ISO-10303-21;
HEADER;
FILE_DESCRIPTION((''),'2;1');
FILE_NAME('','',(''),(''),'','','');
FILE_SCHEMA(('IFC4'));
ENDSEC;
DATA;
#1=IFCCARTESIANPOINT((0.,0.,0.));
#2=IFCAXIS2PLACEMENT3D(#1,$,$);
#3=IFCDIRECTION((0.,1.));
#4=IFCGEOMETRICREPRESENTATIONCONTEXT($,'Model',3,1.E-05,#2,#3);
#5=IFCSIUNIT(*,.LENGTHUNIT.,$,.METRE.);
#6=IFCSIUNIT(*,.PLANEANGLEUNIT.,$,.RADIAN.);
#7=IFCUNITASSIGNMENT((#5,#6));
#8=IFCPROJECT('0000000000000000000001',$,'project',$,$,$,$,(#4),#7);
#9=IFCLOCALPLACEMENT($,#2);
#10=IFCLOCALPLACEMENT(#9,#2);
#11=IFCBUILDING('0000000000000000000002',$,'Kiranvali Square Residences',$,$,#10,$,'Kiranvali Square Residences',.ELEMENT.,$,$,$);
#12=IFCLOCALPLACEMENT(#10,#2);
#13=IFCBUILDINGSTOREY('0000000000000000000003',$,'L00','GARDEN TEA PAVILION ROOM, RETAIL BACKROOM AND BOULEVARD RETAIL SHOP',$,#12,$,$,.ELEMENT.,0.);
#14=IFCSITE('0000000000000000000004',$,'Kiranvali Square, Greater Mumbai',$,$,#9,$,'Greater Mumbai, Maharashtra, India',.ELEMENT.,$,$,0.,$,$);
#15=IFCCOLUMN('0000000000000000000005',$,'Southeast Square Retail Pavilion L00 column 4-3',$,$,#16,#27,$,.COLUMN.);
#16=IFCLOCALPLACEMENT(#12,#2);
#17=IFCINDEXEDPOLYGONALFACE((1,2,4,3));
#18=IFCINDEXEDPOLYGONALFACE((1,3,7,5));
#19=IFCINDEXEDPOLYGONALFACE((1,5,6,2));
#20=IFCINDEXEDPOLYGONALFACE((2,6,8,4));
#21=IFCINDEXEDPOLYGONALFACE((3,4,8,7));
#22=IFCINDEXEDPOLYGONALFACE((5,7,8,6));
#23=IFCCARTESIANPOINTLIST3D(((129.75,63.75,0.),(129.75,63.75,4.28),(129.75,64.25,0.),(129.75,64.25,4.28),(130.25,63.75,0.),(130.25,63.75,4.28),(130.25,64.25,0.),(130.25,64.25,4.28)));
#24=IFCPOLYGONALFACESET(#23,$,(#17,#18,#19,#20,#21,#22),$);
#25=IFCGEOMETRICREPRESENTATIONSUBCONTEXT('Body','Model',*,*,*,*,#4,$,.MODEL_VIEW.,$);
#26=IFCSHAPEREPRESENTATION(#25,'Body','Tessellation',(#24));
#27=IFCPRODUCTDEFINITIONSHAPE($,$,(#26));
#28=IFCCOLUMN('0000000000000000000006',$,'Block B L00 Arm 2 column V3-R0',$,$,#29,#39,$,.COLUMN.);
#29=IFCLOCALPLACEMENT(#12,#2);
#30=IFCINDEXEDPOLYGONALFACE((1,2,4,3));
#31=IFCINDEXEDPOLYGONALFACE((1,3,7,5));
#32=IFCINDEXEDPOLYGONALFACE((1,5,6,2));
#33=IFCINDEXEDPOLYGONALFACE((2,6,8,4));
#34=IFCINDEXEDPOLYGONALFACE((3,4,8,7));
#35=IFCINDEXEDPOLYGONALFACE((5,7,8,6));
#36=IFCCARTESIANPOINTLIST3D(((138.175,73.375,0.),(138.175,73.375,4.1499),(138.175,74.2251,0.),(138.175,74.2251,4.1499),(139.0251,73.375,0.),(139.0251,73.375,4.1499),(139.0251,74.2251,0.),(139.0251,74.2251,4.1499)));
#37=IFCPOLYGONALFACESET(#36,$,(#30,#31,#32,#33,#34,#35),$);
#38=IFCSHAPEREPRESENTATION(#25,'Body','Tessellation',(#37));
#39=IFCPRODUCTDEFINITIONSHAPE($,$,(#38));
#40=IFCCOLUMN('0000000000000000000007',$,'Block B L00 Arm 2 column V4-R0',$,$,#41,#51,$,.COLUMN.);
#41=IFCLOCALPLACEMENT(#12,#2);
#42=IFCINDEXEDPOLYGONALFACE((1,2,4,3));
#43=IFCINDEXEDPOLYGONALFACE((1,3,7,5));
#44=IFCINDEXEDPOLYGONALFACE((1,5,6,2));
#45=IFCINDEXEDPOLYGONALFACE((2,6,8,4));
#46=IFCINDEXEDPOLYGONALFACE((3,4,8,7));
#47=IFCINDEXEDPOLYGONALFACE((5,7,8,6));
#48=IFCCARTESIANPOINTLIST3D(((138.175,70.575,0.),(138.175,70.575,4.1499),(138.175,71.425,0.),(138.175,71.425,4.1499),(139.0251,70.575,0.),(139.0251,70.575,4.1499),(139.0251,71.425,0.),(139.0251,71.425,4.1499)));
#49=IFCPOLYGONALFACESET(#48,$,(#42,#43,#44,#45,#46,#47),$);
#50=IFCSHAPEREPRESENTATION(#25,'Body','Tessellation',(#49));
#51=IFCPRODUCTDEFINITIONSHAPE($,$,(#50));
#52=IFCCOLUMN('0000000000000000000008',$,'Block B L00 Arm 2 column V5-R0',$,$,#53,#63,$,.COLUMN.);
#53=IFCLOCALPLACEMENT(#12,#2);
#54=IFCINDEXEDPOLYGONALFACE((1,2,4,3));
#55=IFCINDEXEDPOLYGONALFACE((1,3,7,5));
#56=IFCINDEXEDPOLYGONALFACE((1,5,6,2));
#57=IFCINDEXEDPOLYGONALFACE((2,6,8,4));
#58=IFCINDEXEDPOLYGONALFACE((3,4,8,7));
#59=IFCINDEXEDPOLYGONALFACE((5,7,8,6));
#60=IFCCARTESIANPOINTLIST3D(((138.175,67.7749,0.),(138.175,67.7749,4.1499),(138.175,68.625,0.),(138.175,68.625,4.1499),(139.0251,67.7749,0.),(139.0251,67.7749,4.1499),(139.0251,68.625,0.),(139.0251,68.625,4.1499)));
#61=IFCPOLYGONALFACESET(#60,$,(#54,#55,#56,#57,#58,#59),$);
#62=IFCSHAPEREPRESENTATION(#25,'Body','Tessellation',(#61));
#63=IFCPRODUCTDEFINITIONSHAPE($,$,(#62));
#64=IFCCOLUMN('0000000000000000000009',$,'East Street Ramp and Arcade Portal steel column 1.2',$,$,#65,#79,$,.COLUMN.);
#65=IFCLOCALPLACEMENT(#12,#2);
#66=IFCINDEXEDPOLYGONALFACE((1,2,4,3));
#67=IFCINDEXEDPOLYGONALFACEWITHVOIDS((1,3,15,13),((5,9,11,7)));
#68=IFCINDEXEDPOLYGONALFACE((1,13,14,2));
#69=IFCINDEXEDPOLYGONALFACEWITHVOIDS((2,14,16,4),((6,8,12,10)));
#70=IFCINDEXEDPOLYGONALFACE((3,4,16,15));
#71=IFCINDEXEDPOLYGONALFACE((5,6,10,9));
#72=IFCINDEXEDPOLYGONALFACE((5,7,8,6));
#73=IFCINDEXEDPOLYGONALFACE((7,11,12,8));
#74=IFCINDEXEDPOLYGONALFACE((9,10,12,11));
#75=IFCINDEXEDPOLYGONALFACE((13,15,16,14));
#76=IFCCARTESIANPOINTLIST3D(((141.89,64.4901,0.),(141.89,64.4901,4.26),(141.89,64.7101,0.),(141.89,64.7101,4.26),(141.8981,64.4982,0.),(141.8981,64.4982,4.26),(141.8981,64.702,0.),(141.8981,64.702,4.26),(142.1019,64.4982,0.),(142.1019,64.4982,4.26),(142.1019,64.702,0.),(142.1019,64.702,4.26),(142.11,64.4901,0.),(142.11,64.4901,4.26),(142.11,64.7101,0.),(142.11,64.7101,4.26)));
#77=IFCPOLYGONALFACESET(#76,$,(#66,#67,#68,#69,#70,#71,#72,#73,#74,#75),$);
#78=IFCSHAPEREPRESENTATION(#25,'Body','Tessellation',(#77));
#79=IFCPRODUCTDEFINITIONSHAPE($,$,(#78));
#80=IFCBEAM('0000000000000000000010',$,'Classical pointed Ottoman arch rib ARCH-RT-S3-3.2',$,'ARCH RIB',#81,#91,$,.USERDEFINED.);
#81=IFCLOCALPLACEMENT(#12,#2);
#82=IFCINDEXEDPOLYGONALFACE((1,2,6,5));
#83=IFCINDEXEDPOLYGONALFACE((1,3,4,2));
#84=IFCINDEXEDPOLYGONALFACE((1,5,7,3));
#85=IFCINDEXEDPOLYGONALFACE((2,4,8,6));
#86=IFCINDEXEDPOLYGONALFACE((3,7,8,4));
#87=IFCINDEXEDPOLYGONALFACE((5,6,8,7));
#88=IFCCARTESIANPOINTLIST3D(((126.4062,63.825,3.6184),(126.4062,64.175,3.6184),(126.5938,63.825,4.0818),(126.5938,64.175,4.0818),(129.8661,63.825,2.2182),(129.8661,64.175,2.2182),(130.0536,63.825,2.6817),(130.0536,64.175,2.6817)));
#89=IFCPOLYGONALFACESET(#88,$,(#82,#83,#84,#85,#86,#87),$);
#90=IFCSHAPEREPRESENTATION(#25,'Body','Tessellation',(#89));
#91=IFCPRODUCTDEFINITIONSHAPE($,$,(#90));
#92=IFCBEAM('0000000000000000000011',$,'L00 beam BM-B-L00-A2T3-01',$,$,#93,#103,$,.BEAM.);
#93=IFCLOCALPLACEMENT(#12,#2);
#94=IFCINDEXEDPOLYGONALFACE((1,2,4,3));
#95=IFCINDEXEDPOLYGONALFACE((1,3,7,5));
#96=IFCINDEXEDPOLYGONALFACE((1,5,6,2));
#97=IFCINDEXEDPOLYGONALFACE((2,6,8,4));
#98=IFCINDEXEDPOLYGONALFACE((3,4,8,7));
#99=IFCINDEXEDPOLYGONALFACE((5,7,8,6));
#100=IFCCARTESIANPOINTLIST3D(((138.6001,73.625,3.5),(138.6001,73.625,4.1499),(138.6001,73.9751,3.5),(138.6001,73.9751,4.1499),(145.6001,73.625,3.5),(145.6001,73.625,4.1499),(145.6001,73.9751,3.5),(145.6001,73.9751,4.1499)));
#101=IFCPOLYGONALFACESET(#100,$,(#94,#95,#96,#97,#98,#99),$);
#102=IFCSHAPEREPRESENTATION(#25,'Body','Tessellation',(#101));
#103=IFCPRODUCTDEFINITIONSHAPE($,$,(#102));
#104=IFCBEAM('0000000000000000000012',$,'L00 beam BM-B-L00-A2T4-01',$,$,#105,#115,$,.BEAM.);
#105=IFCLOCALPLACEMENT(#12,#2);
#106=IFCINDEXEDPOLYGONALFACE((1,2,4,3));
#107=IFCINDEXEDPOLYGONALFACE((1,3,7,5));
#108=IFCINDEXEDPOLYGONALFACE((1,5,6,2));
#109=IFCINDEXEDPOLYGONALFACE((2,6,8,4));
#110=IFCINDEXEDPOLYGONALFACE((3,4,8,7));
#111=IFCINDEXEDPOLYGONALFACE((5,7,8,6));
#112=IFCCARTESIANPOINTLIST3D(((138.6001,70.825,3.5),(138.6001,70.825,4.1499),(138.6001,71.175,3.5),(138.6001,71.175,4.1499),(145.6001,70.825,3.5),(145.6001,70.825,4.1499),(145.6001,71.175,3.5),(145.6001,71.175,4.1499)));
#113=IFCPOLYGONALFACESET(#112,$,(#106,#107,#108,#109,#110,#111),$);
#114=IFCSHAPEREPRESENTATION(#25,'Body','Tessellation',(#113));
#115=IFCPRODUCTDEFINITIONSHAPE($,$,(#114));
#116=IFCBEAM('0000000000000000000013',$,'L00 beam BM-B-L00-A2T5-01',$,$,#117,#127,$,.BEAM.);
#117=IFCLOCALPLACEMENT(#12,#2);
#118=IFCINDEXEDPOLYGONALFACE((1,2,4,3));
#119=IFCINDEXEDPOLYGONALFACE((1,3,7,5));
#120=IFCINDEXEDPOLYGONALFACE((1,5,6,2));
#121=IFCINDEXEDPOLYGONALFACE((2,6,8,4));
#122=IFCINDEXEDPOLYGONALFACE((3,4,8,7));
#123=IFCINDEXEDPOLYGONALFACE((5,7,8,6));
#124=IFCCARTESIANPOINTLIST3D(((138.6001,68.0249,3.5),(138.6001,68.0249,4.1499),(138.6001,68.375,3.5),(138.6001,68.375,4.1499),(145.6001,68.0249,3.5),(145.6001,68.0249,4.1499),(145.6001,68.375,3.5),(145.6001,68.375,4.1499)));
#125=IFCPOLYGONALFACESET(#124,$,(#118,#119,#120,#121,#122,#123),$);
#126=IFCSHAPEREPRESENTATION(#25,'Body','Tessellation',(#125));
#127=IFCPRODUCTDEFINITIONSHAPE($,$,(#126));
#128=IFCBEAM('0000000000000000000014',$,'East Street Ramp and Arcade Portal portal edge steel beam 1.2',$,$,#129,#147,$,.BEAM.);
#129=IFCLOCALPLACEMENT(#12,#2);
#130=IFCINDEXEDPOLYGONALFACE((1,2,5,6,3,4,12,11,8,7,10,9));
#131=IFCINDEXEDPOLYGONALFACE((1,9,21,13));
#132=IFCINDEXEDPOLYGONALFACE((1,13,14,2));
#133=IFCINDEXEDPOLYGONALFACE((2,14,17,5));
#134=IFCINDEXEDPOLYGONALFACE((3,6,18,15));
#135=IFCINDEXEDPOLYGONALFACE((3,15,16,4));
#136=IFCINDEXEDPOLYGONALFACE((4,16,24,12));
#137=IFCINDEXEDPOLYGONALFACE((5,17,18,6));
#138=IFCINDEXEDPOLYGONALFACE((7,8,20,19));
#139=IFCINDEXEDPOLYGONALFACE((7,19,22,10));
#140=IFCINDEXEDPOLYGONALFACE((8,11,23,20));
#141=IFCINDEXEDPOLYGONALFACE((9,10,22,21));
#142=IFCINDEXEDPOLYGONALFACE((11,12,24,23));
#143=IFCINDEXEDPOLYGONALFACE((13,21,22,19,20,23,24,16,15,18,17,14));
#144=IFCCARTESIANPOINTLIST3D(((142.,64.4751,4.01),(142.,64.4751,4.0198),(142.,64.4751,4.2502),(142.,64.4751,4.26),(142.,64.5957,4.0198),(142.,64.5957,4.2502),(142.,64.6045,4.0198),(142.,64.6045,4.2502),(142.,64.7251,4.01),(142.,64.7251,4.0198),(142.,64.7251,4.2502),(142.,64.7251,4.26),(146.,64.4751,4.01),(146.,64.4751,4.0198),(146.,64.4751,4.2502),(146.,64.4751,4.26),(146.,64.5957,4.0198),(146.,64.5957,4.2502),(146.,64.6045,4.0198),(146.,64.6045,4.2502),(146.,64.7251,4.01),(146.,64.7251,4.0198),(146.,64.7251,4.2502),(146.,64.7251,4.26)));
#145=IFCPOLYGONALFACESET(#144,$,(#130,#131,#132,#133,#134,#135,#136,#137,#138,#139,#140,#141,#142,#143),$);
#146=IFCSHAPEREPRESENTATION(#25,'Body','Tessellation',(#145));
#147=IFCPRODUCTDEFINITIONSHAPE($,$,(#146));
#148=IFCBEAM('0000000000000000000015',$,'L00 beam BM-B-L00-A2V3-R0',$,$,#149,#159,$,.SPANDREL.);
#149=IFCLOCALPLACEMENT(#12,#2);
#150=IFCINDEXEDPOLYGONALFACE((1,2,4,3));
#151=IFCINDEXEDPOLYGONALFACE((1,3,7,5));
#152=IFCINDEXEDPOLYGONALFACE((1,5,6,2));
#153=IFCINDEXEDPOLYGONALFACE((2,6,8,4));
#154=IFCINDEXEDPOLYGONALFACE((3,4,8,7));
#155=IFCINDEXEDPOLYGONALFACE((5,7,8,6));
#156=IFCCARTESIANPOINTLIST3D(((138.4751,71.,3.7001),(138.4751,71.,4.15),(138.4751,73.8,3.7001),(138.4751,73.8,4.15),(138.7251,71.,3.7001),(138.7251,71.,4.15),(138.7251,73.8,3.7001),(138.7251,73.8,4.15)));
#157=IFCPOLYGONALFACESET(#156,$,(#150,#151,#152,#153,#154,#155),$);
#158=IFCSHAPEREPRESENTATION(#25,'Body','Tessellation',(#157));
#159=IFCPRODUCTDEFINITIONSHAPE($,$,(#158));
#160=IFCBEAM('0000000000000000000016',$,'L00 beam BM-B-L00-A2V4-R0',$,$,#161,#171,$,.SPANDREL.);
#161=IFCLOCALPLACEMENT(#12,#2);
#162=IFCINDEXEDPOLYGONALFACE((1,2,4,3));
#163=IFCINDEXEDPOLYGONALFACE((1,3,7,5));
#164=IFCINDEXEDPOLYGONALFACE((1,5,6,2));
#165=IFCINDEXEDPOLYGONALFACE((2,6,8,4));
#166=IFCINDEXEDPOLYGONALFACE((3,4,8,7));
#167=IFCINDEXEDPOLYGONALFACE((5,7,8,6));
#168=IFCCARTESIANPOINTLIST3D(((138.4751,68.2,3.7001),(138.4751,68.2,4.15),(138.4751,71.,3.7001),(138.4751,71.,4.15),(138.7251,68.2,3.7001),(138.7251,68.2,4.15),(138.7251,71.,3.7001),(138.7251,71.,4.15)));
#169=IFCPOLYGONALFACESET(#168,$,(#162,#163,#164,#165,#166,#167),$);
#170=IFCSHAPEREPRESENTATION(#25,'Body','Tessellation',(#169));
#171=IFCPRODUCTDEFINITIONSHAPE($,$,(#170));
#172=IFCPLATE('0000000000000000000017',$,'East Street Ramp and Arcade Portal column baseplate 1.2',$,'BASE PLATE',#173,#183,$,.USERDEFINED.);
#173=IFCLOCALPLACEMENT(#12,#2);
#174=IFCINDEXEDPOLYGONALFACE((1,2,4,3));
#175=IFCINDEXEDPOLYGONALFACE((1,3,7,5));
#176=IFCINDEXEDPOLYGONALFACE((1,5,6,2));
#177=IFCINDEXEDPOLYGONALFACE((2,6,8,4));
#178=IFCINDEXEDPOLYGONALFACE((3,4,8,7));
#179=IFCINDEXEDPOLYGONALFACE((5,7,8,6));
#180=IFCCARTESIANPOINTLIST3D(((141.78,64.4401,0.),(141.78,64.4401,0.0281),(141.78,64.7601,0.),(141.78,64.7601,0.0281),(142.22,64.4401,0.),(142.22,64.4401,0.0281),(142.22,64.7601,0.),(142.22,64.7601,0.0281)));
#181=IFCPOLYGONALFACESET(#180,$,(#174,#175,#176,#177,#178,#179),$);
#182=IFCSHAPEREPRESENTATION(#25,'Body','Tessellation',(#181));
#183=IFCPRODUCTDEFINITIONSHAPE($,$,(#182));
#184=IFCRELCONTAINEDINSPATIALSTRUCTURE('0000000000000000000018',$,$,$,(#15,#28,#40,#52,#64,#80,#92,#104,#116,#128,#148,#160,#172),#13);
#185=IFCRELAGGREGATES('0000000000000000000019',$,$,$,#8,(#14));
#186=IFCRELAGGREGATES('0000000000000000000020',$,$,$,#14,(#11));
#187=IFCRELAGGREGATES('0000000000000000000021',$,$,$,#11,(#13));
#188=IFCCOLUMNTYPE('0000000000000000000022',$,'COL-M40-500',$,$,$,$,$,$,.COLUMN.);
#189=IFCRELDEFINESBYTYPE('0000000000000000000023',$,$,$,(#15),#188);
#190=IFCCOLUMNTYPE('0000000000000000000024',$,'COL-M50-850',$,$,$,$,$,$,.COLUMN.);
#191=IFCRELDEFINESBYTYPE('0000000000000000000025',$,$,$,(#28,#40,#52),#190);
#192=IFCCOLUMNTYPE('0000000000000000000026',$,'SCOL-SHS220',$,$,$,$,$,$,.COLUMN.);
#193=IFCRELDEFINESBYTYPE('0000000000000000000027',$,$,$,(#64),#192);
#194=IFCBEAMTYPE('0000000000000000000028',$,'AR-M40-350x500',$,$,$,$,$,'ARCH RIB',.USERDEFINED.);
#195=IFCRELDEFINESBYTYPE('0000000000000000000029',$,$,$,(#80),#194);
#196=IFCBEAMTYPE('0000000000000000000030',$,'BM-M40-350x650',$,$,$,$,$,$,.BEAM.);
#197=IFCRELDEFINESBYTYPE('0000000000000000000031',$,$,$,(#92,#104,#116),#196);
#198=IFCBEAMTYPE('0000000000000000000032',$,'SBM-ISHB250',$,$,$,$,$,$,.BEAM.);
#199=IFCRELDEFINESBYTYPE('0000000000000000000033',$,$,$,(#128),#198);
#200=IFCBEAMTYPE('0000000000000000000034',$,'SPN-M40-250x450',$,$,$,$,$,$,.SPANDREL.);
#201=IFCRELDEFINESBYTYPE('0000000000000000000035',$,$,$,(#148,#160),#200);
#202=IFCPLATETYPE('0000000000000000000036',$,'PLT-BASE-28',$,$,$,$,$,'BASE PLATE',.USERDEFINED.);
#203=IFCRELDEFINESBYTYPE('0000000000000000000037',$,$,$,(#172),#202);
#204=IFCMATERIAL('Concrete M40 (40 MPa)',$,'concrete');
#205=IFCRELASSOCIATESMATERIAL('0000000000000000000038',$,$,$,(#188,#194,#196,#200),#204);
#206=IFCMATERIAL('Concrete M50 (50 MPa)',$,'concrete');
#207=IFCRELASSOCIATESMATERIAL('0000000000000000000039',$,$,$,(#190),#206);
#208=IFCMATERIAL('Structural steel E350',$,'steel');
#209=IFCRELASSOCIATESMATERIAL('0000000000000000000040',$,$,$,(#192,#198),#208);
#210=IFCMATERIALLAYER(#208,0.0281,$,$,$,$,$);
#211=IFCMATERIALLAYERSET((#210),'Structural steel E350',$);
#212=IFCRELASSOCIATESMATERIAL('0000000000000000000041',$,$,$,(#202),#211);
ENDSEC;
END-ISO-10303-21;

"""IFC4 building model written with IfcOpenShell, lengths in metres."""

from ifc_helpers import new_model, si_unit, direction, frame, origin, origin_2d, place, context, subcontext, project, spatial, rectangle, hollow_rectangle, i_section, extrude, material, layer, layer_set, material_profile, profile_set, type_object, element, save


model = new_model("IFC4")

# Units and contexts
model_context = context("Model", 3, precision=1e-05, world=origin(), true_north=direction((0.0, 1.0)))
body_context = subcontext(model_context, "Body", "Model", "MODEL_VIEW")
ifc_project = project(units=[si_unit("LENGTHUNIT", "METRE"), si_unit("PLANEANGLEUNIT", "RADIAN")], contexts=[model_context])

# Site, building, storey
site_placement = place(None, origin())
site = spatial("IfcSite", under=ifc_project, at=site_placement, Name="Kiranvali Square, Greater Mumbai", LongName="Greater Mumbai, Maharashtra, India", CompositionType="ELEMENT", RefElevation=0.0)
building_placement = place(site_placement, origin())
building = spatial("IfcBuilding", under=site, at=building_placement, Name="Kiranvali Square Residences", LongName="Kiranvali Square Residences", CompositionType="ELEMENT")
storey_placement = place(building_placement, origin())
storey = spatial("IfcBuildingStorey", under=building, at=storey_placement, Name="L00", Description="GARDEN TEA PAVILION ROOM, RETAIL BACKROOM AND BOULEVARD RETAIL SHOP", CompositionType="ELEMENT", Elevation=0.0)

# Columns
ifc_material_1 = material(Name="Concrete M40 (40 MPa)", Category="concrete")
ifc_material_profile_1 = material_profile(ifc_material_1, rectangle(XDim=0.5, YDim=0.5, at=origin_2d()), Name="RC 500x500")
ifc_profile_set_1 = profile_set([ifc_material_profile_1], Name="Concrete M40 (40 MPa)")
column_type_1 = type_object("IfcColumnType", Name="COL-M40-500", PredefinedType="COLUMN", material=ifc_profile_set_1)
column_1_placement = place(storey_placement, frame((130.0, 64.0, 0.0), z_axis=(0.0, 0.0, 1.0), x_axis=(1.0, 0.0, 0.0)))
element("IfcColumn", 1, at=column_1_placement, inside=storey, type_object=column_type_1, Name="Southeast Square Retail Pavilion L00 column 4-3", PredefinedType="COLUMN", context=body_context, shape_type="SweptSolid", body=[
    extrude(rectangle(XDim=0.5, YDim=0.5, at=origin_2d()), origin(), (0.0, 0.0, 1.0), 4.28),
])
ifc_material_2 = material(Name="Concrete M50 (50 MPa)", Category="concrete")
ifc_material_profile_2 = material_profile(ifc_material_2, rectangle(XDim=0.8501, YDim=0.8501, at=origin_2d()), Name="RC 850x850")
ifc_profile_set_2 = profile_set([ifc_material_profile_2], Name="Concrete M50 (50 MPa)")
column_type_2 = type_object("IfcColumnType", Name="COL-M50-850", PredefinedType="COLUMN", material=ifc_profile_set_2)
for number, where, z_axis, x_axis, name in (
    (2, (138.6001, 73.8, 0.0), (0.0, 0.0, 1.0), (1.0, 0.0, 0.0), "Block B L00 Arm 2 column V3-R0"),
    (3, (138.6001, 71.0, 0.0), (0.0, 0.0, 1.0), (1.0, 0.0, 0.0), "Block B L00 Arm 2 column V4-R0"),
    (4, (138.6001, 68.2, 0.0), (0.0, 0.0, 1.0), (1.0, 0.0, 0.0), "Block B L00 Arm 2 column V5-R0"),
):
    element("IfcColumn", number, at=place(storey_placement, frame(where, z_axis=z_axis, x_axis=x_axis)), inside=storey, type_object=column_type_2, Name=name, PredefinedType="COLUMN", context=body_context, shape_type="SweptSolid", body=[
        extrude(rectangle(XDim=0.8501, YDim=0.8501, at=origin_2d()), origin(), (0.0, 0.0, 1.0), 4.1499),
    ])
ifc_material_3 = material(Name="Structural steel E350", Category="steel")
ifc_material_profile_3 = material_profile(ifc_material_3, hollow_rectangle(XDim=0.22, YDim=0.22, WallThickness=0.0081, at=origin_2d()), Name="SHS 220x220x8.0")
ifc_profile_set_3 = profile_set([ifc_material_profile_3], Name="Structural steel E350")
column_type_3 = type_object("IfcColumnType", Name="SCOL-SHS220", PredefinedType="COLUMN", material=ifc_profile_set_3)
column_2_placement = place(storey_placement, frame((142.0, 64.6001, 0.0), z_axis=(0.0, 0.0, 1.0), x_axis=(1.0, 0.0, 0.0)))
element("IfcColumn", 5, at=column_2_placement, inside=storey, type_object=column_type_3, Name="East Street Ramp and Arcade Portal steel column 1.2", PredefinedType="COLUMN", context=body_context, shape_type="SweptSolid", body=[
    extrude(hollow_rectangle(XDim=0.22, YDim=0.22, WallThickness=0.0081, at=origin_2d()), origin(), (0.0, 0.0, 1.0), 4.26),
])

# Beams
ifc_material_profile_4 = material_profile(ifc_material_1, rectangle(XDim=0.3501, YDim=0.5, at=origin_2d()), Name="RC 350x500")
ifc_profile_set_4 = profile_set([ifc_material_profile_4], Name="Concrete M40 (40 MPa)")
beam_type_1 = type_object("IfcBeamType", Name="AR-M40-350x500", ElementType="ARCH RIB", PredefinedType="USERDEFINED", material=ifc_profile_set_4)
beam_1_placement = place(storey_placement, frame((126.5, 64.0, 3.8501), z_axis=(0.926976, 0.0, -0.37512), x_axis=(0.0, 1.0, 0.0)))
element("IfcBeam", 6, at=beam_1_placement, inside=storey, type_object=beam_type_1, Name="Classical pointed Ottoman arch rib ARCH-RT-S3-3.2", ObjectType="ARCH RIB", PredefinedType="USERDEFINED", context=body_context, shape_type="SweptSolid", body=[
    extrude(rectangle(XDim=0.3501, YDim=0.5, at=origin_2d()), origin(), (0.0, 0.0, 1.0), 3.7324),
])
ifc_material_profile_5 = material_profile(ifc_material_1, rectangle(XDim=0.3501, YDim=0.6499, at=origin_2d()), Name="RC 350x650")
ifc_profile_set_5 = profile_set([ifc_material_profile_5], Name="Concrete M40 (40 MPa)")
beam_type_2 = type_object("IfcBeamType", Name="BM-M40-350x650", PredefinedType="BEAM", material=ifc_profile_set_5)
for number, where, z_axis, x_axis, name in (
    (7, (138.6001, 73.8, 3.825), (1.0, 0.0, 0.0), (0.0, 1.0, 0.0), "L00 beam BM-B-L00-A2T3-01"),
    (8, (138.6001, 71.0, 3.825), (1.0, 0.0, 0.0), (0.0, 1.0, 0.0), "L00 beam BM-B-L00-A2T4-01"),
    (9, (138.6001, 68.2, 3.825), (1.0, 0.0, 0.0), (0.0, 1.0, 0.0), "L00 beam BM-B-L00-A2T5-01"),
):
    element("IfcBeam", number, at=place(storey_placement, frame(where, z_axis=z_axis, x_axis=x_axis)), inside=storey, type_object=beam_type_2, Name=name, PredefinedType="BEAM", context=body_context, shape_type="SweptSolid", body=[
        extrude(rectangle(XDim=0.3501, YDim=0.6499, at=origin_2d()), origin(), (0.0, 0.0, 1.0), 7.0),
    ])
ifc_material_profile_6 = material_profile(ifc_material_3, i_section(OverallWidth=0.25, OverallDepth=0.25, WebThickness=0.0088, FlangeThickness=0.0098, at=origin_2d()), Name="ISHB 250")
ifc_profile_set_6 = profile_set([ifc_material_profile_6], Name="Structural steel E350")
beam_type_3 = type_object("IfcBeamType", Name="SBM-ISHB250", PredefinedType="BEAM", material=ifc_profile_set_6)
beam_2_placement = place(storey_placement, frame((142.0, 64.6001, 4.135), z_axis=(1.0, 0.0, 0.0), x_axis=(0.0, 1.0, 0.0)))
element("IfcBeam", 10, at=beam_2_placement, inside=storey, type_object=beam_type_3, Name="East Street Ramp and Arcade Portal portal edge steel beam 1.2", PredefinedType="BEAM", context=body_context, shape_type="SweptSolid", body=[
    extrude(i_section(OverallWidth=0.25, OverallDepth=0.25, WebThickness=0.0088, FlangeThickness=0.0098, at=origin_2d()), origin(), (0.0, 0.0, 1.0), 4.0),
])
ifc_material_profile_7 = material_profile(ifc_material_1, rectangle(XDim=0.25, YDim=0.45, at=origin_2d()), Name="RC 250x450")
ifc_profile_set_7 = profile_set([ifc_material_profile_7], Name="Concrete M40 (40 MPa)")
beam_type_4 = type_object("IfcBeamType", Name="SPN-M40-250x450", PredefinedType="SPANDREL", material=ifc_profile_set_7)
for number, where, z_axis, x_axis, name in (
    (11, (138.6001, 73.8, 3.925), (0.0, -1.0, 0.0), (1.0, 0.0, 0.0), "L00 beam BM-B-L00-A2V3-R0"),
    (12, (138.6001, 71.0, 3.925), (0.0, -1.0, 0.0), (1.0, 0.0, 0.0), "L00 beam BM-B-L00-A2V4-R0"),
):
    element("IfcBeam", number, at=place(storey_placement, frame(where, z_axis=z_axis, x_axis=x_axis)), inside=storey, type_object=beam_type_4, Name=name, PredefinedType="SPANDREL", context=body_context, shape_type="SweptSolid", body=[
        extrude(rectangle(XDim=0.25, YDim=0.45, at=origin_2d()), origin(), (0.0, 0.0, 1.0), 2.8),
    ])

# Plate
ifc_layer_1 = layer(ifc_material_3, 0.0281)
ifc_layer_set_1 = layer_set([ifc_layer_1], Name="Structural steel E350")
plate_type = type_object("IfcPlateType", Name="PLT-BASE-28", ElementType="BASE PLATE", PredefinedType="USERDEFINED", material=ifc_layer_set_1)
plate_placement = place(storey_placement, frame((142.0, 64.6001, 0.0), z_axis=(0.0, 0.0, 1.0), x_axis=(1.0, 0.0, 0.0)))
element("IfcPlate", 13, at=plate_placement, inside=storey, type_object=plate_type, Name="East Street Ramp and Arcade Portal column baseplate 1.2", ObjectType="BASE PLATE", PredefinedType="USERDEFINED", context=body_context, shape_type="SweptSolid", body=[
    extrude(rectangle(XDim=0.4399, YDim=0.3201, at=origin_2d()), origin(), (0.0, 0.0, 1.0), 0.0281),
])

save(model, "model.ifc")
